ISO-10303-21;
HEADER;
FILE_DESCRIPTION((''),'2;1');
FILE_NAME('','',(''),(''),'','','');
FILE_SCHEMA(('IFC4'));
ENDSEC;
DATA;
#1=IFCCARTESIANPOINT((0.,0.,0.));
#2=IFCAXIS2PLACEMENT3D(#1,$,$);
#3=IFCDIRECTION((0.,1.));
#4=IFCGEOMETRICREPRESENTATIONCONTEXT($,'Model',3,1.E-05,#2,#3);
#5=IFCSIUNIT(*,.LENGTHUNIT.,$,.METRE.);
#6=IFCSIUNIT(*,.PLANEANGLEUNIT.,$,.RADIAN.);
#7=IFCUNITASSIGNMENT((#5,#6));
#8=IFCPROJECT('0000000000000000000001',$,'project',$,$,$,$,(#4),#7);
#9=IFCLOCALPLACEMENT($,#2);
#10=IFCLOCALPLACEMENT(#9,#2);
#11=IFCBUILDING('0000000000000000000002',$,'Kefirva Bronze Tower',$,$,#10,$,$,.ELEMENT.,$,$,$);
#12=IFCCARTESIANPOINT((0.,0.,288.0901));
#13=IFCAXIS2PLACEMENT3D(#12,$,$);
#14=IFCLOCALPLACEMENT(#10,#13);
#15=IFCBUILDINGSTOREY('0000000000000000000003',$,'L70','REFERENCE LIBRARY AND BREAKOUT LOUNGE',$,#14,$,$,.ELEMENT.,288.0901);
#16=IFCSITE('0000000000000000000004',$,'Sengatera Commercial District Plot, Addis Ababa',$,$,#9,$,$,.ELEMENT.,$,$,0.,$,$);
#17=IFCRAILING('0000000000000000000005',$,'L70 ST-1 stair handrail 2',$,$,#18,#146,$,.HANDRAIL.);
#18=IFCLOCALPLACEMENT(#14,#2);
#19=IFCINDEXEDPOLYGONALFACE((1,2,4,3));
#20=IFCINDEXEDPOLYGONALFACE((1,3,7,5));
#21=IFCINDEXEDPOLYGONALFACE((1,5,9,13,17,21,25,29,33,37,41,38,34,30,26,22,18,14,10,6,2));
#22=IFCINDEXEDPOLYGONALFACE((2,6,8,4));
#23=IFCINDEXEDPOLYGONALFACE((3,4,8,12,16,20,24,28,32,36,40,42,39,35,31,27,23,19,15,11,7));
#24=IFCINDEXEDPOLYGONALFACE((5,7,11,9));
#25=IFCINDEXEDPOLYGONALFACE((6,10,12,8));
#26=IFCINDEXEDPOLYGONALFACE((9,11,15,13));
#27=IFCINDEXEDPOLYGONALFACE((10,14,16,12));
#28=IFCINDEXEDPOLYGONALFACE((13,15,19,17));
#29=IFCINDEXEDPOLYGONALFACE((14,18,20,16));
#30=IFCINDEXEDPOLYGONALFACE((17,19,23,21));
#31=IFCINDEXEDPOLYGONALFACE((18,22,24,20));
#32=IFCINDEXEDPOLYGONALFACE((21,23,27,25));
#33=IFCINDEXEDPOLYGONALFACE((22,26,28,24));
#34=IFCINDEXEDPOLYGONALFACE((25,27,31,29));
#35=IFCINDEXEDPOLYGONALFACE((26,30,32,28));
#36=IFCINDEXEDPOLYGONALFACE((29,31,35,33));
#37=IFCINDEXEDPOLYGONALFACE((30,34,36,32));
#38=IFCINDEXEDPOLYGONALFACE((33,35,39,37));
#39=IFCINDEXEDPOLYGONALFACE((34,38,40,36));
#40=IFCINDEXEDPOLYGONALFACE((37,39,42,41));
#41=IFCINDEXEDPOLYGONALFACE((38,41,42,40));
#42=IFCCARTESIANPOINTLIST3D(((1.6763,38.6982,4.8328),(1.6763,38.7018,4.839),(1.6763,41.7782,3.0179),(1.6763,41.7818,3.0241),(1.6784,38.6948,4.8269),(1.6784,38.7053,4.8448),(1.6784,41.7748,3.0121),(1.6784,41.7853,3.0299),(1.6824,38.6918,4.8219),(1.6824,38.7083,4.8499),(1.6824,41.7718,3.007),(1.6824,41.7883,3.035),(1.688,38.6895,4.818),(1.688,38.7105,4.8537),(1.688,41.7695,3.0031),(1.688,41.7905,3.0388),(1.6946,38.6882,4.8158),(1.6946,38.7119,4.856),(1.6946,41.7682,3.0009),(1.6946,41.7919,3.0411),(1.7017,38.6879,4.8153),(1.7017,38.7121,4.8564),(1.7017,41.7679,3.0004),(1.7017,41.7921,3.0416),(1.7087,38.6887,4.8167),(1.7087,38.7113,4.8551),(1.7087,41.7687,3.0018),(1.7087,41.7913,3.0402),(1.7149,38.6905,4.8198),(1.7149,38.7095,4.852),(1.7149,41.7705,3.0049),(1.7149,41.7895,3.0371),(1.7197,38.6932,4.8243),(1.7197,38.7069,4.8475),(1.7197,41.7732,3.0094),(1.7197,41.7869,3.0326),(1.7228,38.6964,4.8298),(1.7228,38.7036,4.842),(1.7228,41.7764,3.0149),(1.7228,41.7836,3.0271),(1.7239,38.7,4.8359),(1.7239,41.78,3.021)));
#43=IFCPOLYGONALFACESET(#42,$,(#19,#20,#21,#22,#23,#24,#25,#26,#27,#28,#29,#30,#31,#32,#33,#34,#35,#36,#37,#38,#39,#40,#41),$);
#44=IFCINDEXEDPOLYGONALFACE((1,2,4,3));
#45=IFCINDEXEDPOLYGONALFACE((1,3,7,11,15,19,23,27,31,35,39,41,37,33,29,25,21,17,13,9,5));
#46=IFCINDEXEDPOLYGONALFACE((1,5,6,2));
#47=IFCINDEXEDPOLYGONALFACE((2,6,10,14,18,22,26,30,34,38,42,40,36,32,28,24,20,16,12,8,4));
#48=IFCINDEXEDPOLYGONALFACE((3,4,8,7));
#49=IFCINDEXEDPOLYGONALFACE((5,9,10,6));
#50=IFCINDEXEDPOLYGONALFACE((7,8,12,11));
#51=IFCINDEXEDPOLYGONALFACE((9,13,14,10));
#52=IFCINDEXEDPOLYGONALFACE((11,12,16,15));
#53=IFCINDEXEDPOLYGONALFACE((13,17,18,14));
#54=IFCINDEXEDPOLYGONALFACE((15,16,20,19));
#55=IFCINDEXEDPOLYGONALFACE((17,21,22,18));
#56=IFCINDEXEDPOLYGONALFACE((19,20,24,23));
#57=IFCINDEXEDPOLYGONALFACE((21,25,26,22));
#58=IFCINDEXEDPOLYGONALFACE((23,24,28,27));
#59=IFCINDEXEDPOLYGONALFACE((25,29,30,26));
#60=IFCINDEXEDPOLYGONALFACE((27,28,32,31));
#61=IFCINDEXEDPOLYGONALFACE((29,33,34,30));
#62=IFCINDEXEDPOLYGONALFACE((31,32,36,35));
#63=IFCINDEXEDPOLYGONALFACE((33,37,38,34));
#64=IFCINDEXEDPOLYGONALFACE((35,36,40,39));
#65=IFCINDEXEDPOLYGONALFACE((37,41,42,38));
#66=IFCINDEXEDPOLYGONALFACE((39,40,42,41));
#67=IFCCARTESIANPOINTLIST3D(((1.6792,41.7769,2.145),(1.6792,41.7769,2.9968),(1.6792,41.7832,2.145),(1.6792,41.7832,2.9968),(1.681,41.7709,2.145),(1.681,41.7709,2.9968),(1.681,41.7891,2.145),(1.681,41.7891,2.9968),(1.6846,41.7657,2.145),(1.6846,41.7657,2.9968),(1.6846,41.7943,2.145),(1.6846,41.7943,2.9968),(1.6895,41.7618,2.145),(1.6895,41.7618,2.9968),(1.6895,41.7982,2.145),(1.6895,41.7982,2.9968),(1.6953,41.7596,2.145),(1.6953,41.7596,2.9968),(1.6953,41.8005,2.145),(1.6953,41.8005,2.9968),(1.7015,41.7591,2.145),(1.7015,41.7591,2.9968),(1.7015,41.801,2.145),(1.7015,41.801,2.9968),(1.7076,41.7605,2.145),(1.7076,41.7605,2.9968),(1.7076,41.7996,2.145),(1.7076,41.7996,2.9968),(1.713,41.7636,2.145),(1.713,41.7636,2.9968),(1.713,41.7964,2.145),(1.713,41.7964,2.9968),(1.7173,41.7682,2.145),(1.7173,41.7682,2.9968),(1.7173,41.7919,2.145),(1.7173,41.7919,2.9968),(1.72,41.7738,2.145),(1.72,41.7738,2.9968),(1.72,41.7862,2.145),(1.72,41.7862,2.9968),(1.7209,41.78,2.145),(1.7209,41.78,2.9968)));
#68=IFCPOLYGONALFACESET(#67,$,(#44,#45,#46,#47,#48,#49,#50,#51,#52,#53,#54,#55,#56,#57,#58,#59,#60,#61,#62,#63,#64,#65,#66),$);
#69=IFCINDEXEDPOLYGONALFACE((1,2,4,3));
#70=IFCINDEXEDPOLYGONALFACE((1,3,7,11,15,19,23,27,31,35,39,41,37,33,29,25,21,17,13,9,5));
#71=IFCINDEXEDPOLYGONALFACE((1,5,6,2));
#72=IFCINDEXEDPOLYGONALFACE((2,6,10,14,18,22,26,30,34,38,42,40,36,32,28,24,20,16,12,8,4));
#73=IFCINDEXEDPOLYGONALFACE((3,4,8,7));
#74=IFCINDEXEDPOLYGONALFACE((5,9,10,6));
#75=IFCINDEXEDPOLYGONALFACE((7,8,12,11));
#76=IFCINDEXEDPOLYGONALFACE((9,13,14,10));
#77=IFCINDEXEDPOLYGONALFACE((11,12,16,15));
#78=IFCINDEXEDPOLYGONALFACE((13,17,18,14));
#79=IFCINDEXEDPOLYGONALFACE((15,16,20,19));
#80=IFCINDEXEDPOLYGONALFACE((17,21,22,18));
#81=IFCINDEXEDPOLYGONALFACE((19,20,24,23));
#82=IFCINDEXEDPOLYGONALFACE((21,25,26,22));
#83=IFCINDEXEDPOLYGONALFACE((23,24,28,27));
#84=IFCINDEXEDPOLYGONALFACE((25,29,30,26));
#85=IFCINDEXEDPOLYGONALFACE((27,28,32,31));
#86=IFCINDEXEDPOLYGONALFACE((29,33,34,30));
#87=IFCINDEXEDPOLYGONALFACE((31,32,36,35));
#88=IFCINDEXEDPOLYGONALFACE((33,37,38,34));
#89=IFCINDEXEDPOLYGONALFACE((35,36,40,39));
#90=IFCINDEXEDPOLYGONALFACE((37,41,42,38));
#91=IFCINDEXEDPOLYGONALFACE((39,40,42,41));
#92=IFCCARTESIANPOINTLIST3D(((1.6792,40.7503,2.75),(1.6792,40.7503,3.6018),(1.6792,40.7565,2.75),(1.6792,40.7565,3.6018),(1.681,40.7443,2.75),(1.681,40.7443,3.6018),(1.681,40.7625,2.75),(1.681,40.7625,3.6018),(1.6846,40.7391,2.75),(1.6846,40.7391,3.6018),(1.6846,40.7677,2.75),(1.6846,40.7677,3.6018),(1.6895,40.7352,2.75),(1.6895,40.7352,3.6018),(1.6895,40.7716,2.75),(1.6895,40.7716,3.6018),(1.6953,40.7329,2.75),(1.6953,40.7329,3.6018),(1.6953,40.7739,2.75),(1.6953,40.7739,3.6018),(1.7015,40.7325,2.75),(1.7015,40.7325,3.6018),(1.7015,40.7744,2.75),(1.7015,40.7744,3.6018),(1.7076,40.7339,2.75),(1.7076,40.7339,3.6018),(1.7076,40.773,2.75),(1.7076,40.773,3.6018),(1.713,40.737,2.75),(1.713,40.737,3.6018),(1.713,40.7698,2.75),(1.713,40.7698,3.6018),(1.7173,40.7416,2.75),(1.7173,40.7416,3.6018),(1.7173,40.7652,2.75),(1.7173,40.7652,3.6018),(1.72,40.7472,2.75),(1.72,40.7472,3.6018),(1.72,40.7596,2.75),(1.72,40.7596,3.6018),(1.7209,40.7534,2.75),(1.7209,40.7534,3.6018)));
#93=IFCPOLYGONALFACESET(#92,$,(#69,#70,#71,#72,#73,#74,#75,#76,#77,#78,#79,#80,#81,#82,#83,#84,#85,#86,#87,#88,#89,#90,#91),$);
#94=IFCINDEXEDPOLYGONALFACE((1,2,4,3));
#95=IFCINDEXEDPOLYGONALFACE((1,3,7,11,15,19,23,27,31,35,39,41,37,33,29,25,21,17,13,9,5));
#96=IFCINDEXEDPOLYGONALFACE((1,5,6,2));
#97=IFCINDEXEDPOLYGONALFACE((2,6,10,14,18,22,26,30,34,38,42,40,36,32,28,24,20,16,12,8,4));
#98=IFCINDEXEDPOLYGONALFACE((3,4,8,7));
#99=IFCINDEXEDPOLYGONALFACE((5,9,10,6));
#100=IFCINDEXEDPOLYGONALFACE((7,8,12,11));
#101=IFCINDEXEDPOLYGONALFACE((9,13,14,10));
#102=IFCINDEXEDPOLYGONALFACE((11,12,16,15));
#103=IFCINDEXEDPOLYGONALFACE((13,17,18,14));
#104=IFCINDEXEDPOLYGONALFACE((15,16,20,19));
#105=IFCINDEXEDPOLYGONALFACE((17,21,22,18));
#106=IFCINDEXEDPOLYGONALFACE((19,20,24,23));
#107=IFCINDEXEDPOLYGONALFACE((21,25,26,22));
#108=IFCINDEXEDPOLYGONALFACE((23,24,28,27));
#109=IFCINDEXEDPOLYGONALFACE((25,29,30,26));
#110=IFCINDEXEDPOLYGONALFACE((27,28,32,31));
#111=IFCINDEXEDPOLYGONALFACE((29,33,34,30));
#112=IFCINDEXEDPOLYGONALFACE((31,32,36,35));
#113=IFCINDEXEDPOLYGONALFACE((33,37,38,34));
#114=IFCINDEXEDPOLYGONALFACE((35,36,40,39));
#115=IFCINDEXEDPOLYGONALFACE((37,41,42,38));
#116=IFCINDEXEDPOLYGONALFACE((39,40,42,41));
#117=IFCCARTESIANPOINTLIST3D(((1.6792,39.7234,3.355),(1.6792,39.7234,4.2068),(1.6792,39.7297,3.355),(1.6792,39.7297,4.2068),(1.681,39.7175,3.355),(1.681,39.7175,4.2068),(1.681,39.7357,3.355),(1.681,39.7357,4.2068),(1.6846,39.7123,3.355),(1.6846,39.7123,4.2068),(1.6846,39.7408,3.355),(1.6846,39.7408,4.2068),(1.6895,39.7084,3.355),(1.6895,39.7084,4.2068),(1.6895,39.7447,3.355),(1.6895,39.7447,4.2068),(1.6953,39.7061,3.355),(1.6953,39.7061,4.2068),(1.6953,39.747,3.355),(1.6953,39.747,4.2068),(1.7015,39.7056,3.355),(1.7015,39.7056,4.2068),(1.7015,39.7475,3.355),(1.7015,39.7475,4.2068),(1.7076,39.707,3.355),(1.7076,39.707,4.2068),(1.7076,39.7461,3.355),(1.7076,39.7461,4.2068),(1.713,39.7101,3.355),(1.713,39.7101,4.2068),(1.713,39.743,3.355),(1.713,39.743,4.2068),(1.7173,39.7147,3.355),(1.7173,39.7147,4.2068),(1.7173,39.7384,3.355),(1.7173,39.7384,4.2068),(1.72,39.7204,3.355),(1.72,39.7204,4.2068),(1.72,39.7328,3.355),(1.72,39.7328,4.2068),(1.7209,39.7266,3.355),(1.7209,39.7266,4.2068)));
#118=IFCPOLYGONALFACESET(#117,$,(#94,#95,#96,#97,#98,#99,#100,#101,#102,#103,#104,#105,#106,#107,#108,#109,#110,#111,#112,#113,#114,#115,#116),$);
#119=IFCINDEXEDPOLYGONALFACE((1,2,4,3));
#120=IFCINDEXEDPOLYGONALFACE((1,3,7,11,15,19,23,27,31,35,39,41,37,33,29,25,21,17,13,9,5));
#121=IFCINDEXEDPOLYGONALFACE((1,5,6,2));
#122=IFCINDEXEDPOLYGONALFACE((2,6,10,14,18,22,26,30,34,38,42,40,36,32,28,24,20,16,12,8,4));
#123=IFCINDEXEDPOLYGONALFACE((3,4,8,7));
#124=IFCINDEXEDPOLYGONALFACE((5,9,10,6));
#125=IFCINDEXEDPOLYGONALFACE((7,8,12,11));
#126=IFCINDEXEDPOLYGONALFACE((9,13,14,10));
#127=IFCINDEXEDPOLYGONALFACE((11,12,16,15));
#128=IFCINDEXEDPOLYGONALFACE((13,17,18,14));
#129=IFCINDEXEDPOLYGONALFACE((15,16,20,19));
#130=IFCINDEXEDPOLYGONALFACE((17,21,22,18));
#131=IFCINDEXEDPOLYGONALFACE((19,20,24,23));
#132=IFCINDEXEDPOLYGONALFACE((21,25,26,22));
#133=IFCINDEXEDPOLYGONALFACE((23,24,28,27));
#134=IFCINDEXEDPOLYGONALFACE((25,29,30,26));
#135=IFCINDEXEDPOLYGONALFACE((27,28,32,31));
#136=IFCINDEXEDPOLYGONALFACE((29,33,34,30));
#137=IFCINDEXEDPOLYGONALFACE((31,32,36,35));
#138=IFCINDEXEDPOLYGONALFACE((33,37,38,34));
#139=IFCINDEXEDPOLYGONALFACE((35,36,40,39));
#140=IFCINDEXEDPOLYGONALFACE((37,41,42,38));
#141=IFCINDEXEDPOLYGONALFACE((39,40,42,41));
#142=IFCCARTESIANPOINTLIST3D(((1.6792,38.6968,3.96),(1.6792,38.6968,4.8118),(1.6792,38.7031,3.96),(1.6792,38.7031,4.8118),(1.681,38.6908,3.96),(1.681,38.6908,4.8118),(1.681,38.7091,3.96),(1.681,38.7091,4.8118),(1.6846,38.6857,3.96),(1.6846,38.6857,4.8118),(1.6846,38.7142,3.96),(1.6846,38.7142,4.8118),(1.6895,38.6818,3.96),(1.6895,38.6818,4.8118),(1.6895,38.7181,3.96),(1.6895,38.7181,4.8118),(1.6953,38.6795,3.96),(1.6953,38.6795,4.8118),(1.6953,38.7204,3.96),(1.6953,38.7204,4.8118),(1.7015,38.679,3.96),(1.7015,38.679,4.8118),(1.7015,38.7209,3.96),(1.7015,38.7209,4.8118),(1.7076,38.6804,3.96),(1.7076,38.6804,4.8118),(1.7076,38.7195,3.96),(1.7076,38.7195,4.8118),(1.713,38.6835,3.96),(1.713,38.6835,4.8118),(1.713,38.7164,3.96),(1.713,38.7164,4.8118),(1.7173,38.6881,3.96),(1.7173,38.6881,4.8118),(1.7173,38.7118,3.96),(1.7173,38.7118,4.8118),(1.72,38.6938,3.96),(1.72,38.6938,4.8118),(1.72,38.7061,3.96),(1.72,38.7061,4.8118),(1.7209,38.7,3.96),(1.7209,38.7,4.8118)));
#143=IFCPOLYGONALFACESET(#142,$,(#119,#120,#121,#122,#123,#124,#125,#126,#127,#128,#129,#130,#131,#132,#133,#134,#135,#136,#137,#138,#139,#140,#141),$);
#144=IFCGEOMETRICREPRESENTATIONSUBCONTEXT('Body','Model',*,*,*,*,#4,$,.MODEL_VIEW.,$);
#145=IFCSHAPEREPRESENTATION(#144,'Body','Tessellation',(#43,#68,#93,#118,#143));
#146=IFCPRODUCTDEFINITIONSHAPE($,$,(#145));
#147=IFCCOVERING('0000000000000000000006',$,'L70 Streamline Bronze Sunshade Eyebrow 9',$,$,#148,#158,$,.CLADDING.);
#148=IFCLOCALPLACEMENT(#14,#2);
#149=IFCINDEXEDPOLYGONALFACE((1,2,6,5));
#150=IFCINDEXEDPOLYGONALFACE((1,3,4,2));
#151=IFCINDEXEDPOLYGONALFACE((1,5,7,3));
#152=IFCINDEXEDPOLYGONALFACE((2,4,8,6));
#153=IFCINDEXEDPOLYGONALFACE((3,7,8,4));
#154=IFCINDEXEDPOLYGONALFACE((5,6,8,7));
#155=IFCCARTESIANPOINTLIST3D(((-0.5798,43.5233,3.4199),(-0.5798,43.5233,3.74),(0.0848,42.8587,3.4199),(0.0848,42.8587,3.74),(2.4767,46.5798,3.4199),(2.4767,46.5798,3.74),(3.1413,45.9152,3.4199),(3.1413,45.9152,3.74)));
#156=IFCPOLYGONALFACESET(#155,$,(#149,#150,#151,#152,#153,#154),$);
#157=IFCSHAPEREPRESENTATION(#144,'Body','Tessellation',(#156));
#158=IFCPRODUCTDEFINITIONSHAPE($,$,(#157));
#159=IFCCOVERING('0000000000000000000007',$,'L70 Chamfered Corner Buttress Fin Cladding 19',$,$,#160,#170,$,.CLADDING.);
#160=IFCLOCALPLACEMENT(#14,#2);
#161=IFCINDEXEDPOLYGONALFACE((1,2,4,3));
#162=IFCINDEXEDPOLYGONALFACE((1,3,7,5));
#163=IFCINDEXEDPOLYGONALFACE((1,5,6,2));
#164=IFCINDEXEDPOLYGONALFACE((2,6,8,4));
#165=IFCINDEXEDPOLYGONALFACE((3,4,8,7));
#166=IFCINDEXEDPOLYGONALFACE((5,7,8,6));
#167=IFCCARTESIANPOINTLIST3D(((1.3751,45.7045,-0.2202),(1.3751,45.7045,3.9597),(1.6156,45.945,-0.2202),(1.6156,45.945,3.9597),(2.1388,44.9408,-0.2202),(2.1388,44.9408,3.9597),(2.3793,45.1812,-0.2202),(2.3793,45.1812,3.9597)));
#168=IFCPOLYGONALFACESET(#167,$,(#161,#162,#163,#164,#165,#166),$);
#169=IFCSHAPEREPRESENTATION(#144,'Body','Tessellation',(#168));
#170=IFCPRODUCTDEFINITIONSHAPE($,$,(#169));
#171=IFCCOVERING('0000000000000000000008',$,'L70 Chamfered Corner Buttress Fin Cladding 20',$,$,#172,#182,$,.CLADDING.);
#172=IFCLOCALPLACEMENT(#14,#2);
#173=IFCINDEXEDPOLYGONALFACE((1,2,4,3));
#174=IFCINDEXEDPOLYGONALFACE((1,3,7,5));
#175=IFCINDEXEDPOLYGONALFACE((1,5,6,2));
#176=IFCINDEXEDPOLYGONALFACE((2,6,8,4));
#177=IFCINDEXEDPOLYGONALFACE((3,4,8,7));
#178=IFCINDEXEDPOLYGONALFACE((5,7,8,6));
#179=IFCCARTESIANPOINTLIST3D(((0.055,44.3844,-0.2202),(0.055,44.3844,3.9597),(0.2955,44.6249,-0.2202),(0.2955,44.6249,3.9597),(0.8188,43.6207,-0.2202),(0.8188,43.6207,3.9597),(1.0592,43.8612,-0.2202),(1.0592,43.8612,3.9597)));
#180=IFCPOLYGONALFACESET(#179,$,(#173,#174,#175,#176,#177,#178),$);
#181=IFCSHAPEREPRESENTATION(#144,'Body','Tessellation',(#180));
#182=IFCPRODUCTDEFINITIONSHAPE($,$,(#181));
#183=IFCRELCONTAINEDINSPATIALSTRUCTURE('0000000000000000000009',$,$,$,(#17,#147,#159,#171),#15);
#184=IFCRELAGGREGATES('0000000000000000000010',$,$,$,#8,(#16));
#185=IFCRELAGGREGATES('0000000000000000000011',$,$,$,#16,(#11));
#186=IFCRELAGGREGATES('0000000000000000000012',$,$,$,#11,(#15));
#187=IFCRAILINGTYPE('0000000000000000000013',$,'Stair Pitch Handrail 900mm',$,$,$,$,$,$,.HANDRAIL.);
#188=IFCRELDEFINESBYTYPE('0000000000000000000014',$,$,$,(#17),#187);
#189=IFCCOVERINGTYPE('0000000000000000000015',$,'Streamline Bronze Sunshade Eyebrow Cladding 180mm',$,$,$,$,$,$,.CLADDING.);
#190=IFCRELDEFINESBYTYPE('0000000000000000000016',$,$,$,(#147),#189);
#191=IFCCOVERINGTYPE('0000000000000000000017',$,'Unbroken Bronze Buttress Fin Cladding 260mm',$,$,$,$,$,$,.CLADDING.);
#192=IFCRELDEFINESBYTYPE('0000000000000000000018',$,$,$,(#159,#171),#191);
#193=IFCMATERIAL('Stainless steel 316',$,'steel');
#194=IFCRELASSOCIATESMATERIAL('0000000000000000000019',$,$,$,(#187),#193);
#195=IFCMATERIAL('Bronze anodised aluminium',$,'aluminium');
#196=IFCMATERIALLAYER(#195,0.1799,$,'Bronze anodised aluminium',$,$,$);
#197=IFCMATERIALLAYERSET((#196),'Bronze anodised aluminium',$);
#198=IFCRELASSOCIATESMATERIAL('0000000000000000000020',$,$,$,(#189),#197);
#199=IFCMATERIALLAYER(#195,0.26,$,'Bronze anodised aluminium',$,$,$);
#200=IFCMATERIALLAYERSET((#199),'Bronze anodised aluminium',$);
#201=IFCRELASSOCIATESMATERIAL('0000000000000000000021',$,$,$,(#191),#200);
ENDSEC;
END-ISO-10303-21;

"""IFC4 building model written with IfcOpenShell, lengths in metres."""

from ifc_helpers import new_model, si_unit, direction, frame, origin, origin_2d, place, context, subcontext, project, spatial, rectangle, circle, extrude, material, layer, layer_set, type_object, element, save


model = new_model("IFC4")

# Units and contexts
model_context = context("Model", 3, precision=1e-05, world=origin(), true_north=direction((0.0, 1.0)))
body_context = subcontext(model_context, "Body", "Model", "MODEL_VIEW")
ifc_project = project(units=[si_unit("LENGTHUNIT", "METRE"), si_unit("PLANEANGLEUNIT", "RADIAN")], contexts=[model_context])

# Site, building, storey
site_placement = place(None, origin())
site = spatial("IfcSite", under=ifc_project, at=site_placement, Name="Sengatera Commercial District Plot, Addis Ababa", CompositionType="ELEMENT", RefElevation=0.0)
building_placement = place(site_placement, origin())
building = spatial("IfcBuilding", under=site, at=building_placement, Name="Kefirva Bronze Tower", CompositionType="ELEMENT")
storey_placement = place(building_placement, frame((0.0, 0.0, 288.0901)))
storey = spatial("IfcBuildingStorey", under=building, at=storey_placement, Name="L70", Description="REFERENCE LIBRARY AND BREAKOUT LOUNGE", CompositionType="ELEMENT", Elevation=288.0901)

# Shared definitions
ifc_material_1 = material(Name="Bronze anodised aluminium", Category="aluminium")

# Railing
ifc_material_2 = material(Name="Stainless steel 316", Category="steel")
railing_type_1 = type_object("IfcRailingType", Name="Stair Pitch Handrail 900mm", PredefinedType="HANDRAIL", material=ifc_material_2)
railing_1_placement = place(storey_placement, frame((1.7, 41.78, 2.145)))
element("IfcRailing", 1, at=railing_1_placement, inside=storey, type_object=railing_type_1, Name="L70 ST-1 stair handrail 2", PredefinedType="HANDRAIL", context=body_context, shape_type="SweptSolid", body=[
    extrude(circle(Radius=0.0239, at=origin_2d()), frame((0.0, 0.0, 0.876), z_axis=(0.0, -0.861551, 0.507671), x_axis=(1.0, 0.0, 0.0)), (0.0, 0.0, 1.0), 3.575),
    extrude(circle(Radius=0.021, at=origin_2d()), origin(), (0.0, 0.0, 1.0), 0.8518),
    extrude(circle(Radius=0.021, at=origin_2d()), frame((0.0, -1.0266, 0.605)), (0.0, 0.0, 1.0), 0.8518),
    extrude(circle(Radius=0.021, at=origin_2d()), frame((0.0, -2.0535, 1.21)), (0.0, 0.0, 1.0), 0.8518),
    extrude(circle(Radius=0.021, at=origin_2d()), frame((0.0, -3.0801, 1.8149)), (0.0, 0.0, 1.0), 0.8518),
])

# Coverings
ifc_layer_1 = layer(ifc_material_1, 0.1799, Name="Bronze anodised aluminium")
ifc_layer_set_1 = layer_set([ifc_layer_1], Name="Bronze anodised aluminium")
covering_type_1 = type_object("IfcCoveringType", Name="Streamline Bronze Sunshade Eyebrow Cladding 180mm", PredefinedType="CLADDING", material=ifc_layer_set_1)
covering_1_placement = place(storey_placement, frame((1.2808, 44.7192, 3.4199), z_axis=(0.0, 0.0, 1.0), x_axis=(-0.707107, -0.707107, 0.0)))
element("IfcCovering", 2, at=covering_1_placement, inside=storey, type_object=covering_type_1, Name="L70 Streamline Bronze Sunshade Eyebrow 9", PredefinedType="CLADDING", context=body_context, shape_type="SweptSolid", body=[
    extrude(rectangle(XDim=4.3225, YDim=0.9399, at=origin_2d()), origin(), (0.0, 0.0, 1.0), 0.3201),
])
ifc_layer_2 = layer(ifc_material_1, 0.26, Name="Bronze anodised aluminium")
ifc_layer_set_2 = layer_set([ifc_layer_2], Name="Bronze anodised aluminium")
covering_type_2 = type_object("IfcCoveringType", Name="Unbroken Bronze Buttress Fin Cladding 260mm", PredefinedType="CLADDING", material=ifc_layer_set_2)
for number, where, z_axis, x_axis, name in (
    (3, (1.8772, 45.4429, -0.2202), (0.0, 0.0, 1.0), (-0.707107, -0.707107, 0.0), "L70 Chamfered Corner Buttress Fin Cladding 19"),
    (4, (0.5571, 44.1228, -0.2202), (0.0, 0.0, 1.0), (-0.707107, -0.707107, 0.0), "L70 Chamfered Corner Buttress Fin Cladding 20"),
):
    element("IfcCovering", number, at=place(storey_placement, frame(where, z_axis=z_axis, x_axis=x_axis)), inside=storey, type_object=covering_type_2, Name=name, PredefinedType="CLADDING", context=body_context, shape_type="SweptSolid", body=[
        extrude(rectangle(XDim=0.3401, YDim=1.0801, at=origin_2d()), origin(), (0.0, 0.0, 1.0), 4.1799),
    ])

save(model, "model.ifc")
